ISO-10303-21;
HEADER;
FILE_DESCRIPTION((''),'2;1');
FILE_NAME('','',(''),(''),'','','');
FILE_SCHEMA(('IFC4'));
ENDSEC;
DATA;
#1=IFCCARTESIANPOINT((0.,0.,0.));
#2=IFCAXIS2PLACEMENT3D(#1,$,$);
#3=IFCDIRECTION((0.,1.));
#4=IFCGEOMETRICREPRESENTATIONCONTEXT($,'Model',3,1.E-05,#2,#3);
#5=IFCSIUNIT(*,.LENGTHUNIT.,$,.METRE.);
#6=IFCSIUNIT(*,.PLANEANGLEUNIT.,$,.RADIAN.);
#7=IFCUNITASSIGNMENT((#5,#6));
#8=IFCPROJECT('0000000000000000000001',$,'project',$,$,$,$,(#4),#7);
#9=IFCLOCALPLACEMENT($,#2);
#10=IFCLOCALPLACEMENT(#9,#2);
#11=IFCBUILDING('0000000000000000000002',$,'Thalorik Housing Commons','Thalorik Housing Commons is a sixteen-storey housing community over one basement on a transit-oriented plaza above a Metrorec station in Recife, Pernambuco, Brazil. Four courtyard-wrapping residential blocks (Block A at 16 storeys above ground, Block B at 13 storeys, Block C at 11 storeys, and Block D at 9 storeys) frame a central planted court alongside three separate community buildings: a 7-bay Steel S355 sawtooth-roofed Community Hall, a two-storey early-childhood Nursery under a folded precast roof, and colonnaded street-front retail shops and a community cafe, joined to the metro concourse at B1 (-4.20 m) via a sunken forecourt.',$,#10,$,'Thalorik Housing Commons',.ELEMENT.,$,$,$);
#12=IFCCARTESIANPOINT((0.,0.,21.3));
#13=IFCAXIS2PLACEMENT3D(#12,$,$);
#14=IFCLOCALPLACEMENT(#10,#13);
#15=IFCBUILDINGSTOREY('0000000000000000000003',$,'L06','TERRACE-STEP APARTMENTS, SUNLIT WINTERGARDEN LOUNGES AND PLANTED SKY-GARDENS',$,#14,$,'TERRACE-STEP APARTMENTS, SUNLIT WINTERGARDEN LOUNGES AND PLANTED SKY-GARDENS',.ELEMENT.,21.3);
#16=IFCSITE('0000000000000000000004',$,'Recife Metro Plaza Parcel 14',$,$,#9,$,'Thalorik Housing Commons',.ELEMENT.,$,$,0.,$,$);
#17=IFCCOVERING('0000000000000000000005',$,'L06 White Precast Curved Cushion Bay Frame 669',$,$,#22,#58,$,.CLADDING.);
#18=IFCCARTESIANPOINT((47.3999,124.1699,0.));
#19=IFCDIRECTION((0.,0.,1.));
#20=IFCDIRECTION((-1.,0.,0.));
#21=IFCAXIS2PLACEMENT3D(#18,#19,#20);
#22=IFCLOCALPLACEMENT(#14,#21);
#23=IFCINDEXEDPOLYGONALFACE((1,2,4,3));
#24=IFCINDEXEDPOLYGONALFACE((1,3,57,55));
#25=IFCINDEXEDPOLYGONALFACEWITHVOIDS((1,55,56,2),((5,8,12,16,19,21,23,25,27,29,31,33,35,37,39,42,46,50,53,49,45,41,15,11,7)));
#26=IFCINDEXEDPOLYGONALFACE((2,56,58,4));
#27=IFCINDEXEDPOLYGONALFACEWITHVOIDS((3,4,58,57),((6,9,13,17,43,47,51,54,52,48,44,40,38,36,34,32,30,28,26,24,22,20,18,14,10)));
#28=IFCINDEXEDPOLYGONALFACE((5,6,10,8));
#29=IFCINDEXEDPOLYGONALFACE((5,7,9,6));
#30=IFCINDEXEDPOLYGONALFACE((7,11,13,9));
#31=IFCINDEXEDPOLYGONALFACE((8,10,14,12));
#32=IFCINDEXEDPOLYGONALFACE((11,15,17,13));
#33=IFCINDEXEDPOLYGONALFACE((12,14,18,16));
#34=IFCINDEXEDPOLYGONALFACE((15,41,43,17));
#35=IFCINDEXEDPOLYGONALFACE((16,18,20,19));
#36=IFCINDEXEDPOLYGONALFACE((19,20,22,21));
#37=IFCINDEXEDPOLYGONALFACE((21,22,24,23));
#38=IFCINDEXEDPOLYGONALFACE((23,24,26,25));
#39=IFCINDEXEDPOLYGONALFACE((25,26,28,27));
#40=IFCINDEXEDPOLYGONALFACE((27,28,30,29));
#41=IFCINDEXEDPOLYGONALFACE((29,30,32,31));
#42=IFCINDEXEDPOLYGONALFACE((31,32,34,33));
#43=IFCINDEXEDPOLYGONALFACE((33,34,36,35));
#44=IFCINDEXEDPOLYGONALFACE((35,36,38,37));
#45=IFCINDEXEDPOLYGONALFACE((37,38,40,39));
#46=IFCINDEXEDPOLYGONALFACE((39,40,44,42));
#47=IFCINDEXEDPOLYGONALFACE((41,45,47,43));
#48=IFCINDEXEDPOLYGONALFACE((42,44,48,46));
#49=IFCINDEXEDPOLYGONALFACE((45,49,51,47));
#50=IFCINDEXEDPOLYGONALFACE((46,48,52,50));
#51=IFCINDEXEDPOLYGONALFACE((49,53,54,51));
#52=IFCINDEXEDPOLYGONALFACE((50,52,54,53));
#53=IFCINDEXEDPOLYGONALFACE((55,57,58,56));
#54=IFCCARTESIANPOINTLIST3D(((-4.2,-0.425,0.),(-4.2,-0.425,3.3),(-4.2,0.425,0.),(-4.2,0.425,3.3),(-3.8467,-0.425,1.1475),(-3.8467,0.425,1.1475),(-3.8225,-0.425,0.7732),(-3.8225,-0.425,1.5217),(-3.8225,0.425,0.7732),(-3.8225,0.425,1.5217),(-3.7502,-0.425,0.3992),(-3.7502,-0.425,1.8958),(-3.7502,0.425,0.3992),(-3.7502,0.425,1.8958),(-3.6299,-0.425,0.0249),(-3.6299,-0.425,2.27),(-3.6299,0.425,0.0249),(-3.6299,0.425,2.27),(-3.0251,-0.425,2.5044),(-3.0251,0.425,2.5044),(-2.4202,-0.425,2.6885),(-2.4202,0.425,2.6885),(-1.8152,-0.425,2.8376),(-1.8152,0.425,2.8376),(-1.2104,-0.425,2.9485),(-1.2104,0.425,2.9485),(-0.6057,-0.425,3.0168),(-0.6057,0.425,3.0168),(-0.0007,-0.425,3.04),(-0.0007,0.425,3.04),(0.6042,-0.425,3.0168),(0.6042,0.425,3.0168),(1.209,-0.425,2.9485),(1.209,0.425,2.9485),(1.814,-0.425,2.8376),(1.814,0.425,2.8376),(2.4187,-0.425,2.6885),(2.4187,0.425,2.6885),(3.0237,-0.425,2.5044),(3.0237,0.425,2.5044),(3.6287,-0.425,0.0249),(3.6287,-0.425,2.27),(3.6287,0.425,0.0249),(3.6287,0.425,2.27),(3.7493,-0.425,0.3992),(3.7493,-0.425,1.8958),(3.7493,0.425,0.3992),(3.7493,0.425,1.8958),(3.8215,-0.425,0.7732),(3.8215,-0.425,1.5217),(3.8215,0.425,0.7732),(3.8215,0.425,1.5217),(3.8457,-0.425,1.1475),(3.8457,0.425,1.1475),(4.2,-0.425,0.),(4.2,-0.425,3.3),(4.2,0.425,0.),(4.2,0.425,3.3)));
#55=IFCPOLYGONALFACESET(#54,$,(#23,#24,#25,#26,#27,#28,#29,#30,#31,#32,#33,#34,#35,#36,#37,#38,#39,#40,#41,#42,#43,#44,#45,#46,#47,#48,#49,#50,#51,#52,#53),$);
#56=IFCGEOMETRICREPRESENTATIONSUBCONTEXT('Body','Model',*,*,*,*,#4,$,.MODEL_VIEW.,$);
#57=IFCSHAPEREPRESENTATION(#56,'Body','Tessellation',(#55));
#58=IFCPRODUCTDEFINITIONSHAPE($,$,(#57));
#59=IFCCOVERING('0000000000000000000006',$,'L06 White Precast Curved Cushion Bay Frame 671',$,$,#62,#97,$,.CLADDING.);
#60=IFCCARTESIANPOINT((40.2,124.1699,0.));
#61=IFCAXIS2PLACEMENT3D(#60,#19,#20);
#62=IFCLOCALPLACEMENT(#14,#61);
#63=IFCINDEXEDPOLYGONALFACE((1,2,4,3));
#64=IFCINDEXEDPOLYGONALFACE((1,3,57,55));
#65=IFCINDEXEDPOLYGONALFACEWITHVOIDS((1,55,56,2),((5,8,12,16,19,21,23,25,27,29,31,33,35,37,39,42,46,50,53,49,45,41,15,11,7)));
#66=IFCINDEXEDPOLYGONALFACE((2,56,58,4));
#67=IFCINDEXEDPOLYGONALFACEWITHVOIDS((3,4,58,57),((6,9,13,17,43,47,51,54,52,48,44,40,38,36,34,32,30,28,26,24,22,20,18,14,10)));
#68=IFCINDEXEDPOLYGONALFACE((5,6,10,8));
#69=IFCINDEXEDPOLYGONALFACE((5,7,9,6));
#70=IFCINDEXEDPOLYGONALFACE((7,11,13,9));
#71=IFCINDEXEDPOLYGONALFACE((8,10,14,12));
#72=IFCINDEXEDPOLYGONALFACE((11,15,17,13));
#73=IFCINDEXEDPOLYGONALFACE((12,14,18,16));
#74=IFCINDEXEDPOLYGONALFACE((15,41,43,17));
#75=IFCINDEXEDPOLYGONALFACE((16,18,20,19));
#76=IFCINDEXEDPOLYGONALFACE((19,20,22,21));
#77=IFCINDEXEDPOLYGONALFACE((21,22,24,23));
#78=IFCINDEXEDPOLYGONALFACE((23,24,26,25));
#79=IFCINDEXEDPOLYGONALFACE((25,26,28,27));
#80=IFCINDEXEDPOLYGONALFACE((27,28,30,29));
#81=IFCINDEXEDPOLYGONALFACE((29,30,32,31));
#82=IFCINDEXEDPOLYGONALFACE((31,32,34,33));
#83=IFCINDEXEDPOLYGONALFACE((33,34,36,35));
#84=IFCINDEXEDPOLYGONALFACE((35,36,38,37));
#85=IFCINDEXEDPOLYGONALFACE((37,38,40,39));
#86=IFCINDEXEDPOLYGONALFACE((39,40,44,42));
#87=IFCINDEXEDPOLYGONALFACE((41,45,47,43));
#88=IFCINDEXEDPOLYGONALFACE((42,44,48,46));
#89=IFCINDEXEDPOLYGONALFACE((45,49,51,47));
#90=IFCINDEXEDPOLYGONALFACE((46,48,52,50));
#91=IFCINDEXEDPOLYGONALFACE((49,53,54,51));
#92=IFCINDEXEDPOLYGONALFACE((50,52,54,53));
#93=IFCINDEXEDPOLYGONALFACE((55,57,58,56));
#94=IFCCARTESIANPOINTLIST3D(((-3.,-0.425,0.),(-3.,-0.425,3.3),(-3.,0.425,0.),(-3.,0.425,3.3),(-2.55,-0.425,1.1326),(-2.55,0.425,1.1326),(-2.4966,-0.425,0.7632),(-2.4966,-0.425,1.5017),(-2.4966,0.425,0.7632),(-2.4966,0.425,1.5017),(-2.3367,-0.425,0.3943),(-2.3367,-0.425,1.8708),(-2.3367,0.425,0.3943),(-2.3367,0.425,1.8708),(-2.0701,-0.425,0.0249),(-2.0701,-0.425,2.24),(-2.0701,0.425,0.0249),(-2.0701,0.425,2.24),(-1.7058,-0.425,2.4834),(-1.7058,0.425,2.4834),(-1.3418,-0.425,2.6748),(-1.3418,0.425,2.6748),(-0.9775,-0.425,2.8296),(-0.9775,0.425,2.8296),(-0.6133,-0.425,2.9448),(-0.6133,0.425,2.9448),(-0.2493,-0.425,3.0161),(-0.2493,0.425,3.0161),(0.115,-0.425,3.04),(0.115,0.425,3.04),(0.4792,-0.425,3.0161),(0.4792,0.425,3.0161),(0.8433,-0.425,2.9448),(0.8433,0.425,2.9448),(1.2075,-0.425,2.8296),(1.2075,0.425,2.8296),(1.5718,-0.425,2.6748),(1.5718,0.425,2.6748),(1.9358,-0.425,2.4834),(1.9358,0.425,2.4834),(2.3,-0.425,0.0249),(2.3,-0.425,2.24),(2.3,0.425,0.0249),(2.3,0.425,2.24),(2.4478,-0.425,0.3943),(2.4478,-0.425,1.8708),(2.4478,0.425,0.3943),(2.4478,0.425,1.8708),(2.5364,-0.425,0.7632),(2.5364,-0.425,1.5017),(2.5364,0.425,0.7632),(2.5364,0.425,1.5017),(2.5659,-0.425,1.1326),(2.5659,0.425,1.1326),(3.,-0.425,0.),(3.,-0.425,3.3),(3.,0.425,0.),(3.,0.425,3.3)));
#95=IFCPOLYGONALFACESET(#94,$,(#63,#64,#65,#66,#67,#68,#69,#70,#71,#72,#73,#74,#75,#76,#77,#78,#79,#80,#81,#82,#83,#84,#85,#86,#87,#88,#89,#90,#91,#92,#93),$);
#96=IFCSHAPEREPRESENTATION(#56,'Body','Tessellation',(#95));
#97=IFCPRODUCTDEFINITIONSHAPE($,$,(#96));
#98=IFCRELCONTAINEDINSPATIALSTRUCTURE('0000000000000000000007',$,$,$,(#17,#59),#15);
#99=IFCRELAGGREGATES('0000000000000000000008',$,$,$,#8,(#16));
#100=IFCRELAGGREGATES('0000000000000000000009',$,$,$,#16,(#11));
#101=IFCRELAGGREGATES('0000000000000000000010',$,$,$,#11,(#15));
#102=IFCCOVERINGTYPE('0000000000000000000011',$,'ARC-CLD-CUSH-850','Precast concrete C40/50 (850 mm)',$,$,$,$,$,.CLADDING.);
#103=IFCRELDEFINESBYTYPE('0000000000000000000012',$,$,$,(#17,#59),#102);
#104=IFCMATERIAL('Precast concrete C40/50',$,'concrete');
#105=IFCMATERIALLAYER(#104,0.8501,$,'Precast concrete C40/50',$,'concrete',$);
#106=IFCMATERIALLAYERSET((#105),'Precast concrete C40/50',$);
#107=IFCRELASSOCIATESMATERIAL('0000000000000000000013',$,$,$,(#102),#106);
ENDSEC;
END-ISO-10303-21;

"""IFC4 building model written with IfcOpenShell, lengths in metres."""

from ifc_helpers import new_model, si_unit, direction, frame, origin, place, context, subcontext, project, spatial, polyline, outline, extrude, material, layer, layer_set, type_object, element, save


model = new_model("IFC4")

# Units and contexts
model_context = context("Model", 3, precision=1e-05, world=origin(), true_north=direction((0.0, 1.0)))
body_context = subcontext(model_context, "Body", "Model", "MODEL_VIEW")
ifc_project = project(units=[si_unit("LENGTHUNIT", "METRE"), si_unit("PLANEANGLEUNIT", "RADIAN")], contexts=[model_context])

# Site, building, storey
site_placement = place(None, origin())
site = spatial("IfcSite", under=ifc_project, at=site_placement, Name="Recife Metro Plaza Parcel 14", LongName="Thalorik Housing Commons", CompositionType="ELEMENT", RefElevation=0.0)
building_placement = place(site_placement, origin())
building = spatial("IfcBuilding", under=site, at=building_placement, Name="Thalorik Housing Commons", Description="Thalorik Housing Commons is a sixteen-storey housing community over one basement on a transit-oriented plaza above a Metrorec station in Recife, Pernambuco, Brazil. Four courtyard-wrapping residential blocks (Block A at 16 storeys above ground, Block B at 13 storeys, Block C at 11 storeys, and Block D at 9 storeys) frame a central planted court alongside three separate community buildings: a 7-bay Steel S355 sawtooth-roofed Community Hall, a two-storey early-childhood Nursery under a folded precast roof, and colonnaded street-front retail shops and a community cafe, joined to the metro concourse at B1 (-4.20 m) via a sunken forecourt.", LongName="Thalorik Housing Commons", CompositionType="ELEMENT")
storey_placement = place(building_placement, frame((0.0, 0.0, 21.3)))
storey = spatial("IfcBuildingStorey", under=building, at=storey_placement, Name="L06", Description="TERRACE-STEP APARTMENTS, SUNLIT WINTERGARDEN LOUNGES AND PLANTED SKY-GARDENS", LongName="TERRACE-STEP APARTMENTS, SUNLIT WINTERGARDEN LOUNGES AND PLANTED SKY-GARDENS", CompositionType="ELEMENT", Elevation=21.3)

# Shared definitions
ifc_material_1 = material(Name="Precast concrete C40/50", Category="concrete")

# Coverings
ifc_layer_1 = layer(ifc_material_1, 0.8501, Name="Precast concrete C40/50", Category="concrete")
ifc_layer_set_1 = layer_set([ifc_layer_1], Name="Precast concrete C40/50")
covering_type_1 = type_object("IfcCoveringType", Name="ARC-CLD-CUSH-850", Description="Precast concrete C40/50 (850 mm)", PredefinedType="CLADDING", material=ifc_layer_set_1)
covering_1_placement = place(storey_placement, frame((47.3999, 124.1699, 0.0), z_axis=(0.0, 0.0, 1.0), x_axis=(-1.0, 0.0, 0.0)))
element("IfcCovering", 1, at=covering_1_placement, inside=storey, type_object=covering_type_1, Name="L06 White Precast Curved Cushion Bay Frame 669", PredefinedType="CLADDING", context=body_context, shape_type="SweptSolid", body=[
    extrude(outline(polyline([(-4.2, 0.0), (4.2, 0.0), (4.2, 3.3), (-4.2, 3.3), (-4.2, 0.0)]), holes=[polyline([(3.6287, 0.0249), (3.7493, 0.3992), (3.8215, 0.7732), (3.8457, 1.1475), (3.8215, 1.5217), (3.7493, 1.8958), (3.6287, 2.27), (3.0237, 2.5044), (2.4187, 2.6885), (1.814, 2.8376), (1.209, 2.9485), (0.6042, 3.0168), (-0.0007, 3.04), (-0.6057, 3.0168), (-1.2104, 2.9485), (-1.8152, 2.8376), (-2.4202, 2.6885), (-3.0251, 2.5044), (-3.6299, 2.27), (-3.7502, 1.8958), (-3.8225, 1.5217), (-3.8467, 1.1475), (-3.8225, 0.7732), (-3.7502, 0.3992), (-3.6299, 0.0249), (3.6287, 0.0249)])]), frame((0.0, 0.425, 0.0), z_axis=(0.0, -1.0, 0.0), x_axis=(1.0, 0.0, 0.0)), (0.0, 0.0, 1.0), 0.8501),
])
covering_2_placement = place(storey_placement, frame((40.2, 124.1699, 0.0), z_axis=(0.0, 0.0, 1.0), x_axis=(-1.0, 0.0, 0.0)))
element("IfcCovering", 2, at=covering_2_placement, inside=storey, type_object=covering_type_1, Name="L06 White Precast Curved Cushion Bay Frame 671", PredefinedType="CLADDING", context=body_context, shape_type="SweptSolid", body=[
    extrude(outline(polyline([(-3.0, 0.0), (3.0, 0.0), (3.0, 3.3), (-3.0, 3.3), (-3.0, 0.0)]), holes=[polyline([(2.3, 0.0249), (2.4478, 0.3943), (2.5364, 0.7632), (2.5659, 1.1326), (2.5364, 1.5017), (2.4478, 1.8708), (2.3, 2.24), (1.9358, 2.4834), (1.5718, 2.6748), (1.2075, 2.8296), (0.8433, 2.9448), (0.4792, 3.0161), (0.115, 3.04), (-0.2493, 3.0161), (-0.6133, 2.9448), (-0.9775, 2.8296), (-1.3418, 2.6748), (-1.7058, 2.4834), (-2.0701, 2.24), (-2.3367, 1.8708), (-2.4966, 1.5017), (-2.55, 1.1326), (-2.4966, 0.7632), (-2.3367, 0.3943), (-2.0701, 0.0249), (2.3, 0.0249)])]), frame((0.0, 0.425, 0.0), z_axis=(0.0, -1.0, 0.0), x_axis=(1.0, 0.0, 0.0)), (0.0, 0.0, 1.0), 0.8501),
])

save(model, "model.ifc")
